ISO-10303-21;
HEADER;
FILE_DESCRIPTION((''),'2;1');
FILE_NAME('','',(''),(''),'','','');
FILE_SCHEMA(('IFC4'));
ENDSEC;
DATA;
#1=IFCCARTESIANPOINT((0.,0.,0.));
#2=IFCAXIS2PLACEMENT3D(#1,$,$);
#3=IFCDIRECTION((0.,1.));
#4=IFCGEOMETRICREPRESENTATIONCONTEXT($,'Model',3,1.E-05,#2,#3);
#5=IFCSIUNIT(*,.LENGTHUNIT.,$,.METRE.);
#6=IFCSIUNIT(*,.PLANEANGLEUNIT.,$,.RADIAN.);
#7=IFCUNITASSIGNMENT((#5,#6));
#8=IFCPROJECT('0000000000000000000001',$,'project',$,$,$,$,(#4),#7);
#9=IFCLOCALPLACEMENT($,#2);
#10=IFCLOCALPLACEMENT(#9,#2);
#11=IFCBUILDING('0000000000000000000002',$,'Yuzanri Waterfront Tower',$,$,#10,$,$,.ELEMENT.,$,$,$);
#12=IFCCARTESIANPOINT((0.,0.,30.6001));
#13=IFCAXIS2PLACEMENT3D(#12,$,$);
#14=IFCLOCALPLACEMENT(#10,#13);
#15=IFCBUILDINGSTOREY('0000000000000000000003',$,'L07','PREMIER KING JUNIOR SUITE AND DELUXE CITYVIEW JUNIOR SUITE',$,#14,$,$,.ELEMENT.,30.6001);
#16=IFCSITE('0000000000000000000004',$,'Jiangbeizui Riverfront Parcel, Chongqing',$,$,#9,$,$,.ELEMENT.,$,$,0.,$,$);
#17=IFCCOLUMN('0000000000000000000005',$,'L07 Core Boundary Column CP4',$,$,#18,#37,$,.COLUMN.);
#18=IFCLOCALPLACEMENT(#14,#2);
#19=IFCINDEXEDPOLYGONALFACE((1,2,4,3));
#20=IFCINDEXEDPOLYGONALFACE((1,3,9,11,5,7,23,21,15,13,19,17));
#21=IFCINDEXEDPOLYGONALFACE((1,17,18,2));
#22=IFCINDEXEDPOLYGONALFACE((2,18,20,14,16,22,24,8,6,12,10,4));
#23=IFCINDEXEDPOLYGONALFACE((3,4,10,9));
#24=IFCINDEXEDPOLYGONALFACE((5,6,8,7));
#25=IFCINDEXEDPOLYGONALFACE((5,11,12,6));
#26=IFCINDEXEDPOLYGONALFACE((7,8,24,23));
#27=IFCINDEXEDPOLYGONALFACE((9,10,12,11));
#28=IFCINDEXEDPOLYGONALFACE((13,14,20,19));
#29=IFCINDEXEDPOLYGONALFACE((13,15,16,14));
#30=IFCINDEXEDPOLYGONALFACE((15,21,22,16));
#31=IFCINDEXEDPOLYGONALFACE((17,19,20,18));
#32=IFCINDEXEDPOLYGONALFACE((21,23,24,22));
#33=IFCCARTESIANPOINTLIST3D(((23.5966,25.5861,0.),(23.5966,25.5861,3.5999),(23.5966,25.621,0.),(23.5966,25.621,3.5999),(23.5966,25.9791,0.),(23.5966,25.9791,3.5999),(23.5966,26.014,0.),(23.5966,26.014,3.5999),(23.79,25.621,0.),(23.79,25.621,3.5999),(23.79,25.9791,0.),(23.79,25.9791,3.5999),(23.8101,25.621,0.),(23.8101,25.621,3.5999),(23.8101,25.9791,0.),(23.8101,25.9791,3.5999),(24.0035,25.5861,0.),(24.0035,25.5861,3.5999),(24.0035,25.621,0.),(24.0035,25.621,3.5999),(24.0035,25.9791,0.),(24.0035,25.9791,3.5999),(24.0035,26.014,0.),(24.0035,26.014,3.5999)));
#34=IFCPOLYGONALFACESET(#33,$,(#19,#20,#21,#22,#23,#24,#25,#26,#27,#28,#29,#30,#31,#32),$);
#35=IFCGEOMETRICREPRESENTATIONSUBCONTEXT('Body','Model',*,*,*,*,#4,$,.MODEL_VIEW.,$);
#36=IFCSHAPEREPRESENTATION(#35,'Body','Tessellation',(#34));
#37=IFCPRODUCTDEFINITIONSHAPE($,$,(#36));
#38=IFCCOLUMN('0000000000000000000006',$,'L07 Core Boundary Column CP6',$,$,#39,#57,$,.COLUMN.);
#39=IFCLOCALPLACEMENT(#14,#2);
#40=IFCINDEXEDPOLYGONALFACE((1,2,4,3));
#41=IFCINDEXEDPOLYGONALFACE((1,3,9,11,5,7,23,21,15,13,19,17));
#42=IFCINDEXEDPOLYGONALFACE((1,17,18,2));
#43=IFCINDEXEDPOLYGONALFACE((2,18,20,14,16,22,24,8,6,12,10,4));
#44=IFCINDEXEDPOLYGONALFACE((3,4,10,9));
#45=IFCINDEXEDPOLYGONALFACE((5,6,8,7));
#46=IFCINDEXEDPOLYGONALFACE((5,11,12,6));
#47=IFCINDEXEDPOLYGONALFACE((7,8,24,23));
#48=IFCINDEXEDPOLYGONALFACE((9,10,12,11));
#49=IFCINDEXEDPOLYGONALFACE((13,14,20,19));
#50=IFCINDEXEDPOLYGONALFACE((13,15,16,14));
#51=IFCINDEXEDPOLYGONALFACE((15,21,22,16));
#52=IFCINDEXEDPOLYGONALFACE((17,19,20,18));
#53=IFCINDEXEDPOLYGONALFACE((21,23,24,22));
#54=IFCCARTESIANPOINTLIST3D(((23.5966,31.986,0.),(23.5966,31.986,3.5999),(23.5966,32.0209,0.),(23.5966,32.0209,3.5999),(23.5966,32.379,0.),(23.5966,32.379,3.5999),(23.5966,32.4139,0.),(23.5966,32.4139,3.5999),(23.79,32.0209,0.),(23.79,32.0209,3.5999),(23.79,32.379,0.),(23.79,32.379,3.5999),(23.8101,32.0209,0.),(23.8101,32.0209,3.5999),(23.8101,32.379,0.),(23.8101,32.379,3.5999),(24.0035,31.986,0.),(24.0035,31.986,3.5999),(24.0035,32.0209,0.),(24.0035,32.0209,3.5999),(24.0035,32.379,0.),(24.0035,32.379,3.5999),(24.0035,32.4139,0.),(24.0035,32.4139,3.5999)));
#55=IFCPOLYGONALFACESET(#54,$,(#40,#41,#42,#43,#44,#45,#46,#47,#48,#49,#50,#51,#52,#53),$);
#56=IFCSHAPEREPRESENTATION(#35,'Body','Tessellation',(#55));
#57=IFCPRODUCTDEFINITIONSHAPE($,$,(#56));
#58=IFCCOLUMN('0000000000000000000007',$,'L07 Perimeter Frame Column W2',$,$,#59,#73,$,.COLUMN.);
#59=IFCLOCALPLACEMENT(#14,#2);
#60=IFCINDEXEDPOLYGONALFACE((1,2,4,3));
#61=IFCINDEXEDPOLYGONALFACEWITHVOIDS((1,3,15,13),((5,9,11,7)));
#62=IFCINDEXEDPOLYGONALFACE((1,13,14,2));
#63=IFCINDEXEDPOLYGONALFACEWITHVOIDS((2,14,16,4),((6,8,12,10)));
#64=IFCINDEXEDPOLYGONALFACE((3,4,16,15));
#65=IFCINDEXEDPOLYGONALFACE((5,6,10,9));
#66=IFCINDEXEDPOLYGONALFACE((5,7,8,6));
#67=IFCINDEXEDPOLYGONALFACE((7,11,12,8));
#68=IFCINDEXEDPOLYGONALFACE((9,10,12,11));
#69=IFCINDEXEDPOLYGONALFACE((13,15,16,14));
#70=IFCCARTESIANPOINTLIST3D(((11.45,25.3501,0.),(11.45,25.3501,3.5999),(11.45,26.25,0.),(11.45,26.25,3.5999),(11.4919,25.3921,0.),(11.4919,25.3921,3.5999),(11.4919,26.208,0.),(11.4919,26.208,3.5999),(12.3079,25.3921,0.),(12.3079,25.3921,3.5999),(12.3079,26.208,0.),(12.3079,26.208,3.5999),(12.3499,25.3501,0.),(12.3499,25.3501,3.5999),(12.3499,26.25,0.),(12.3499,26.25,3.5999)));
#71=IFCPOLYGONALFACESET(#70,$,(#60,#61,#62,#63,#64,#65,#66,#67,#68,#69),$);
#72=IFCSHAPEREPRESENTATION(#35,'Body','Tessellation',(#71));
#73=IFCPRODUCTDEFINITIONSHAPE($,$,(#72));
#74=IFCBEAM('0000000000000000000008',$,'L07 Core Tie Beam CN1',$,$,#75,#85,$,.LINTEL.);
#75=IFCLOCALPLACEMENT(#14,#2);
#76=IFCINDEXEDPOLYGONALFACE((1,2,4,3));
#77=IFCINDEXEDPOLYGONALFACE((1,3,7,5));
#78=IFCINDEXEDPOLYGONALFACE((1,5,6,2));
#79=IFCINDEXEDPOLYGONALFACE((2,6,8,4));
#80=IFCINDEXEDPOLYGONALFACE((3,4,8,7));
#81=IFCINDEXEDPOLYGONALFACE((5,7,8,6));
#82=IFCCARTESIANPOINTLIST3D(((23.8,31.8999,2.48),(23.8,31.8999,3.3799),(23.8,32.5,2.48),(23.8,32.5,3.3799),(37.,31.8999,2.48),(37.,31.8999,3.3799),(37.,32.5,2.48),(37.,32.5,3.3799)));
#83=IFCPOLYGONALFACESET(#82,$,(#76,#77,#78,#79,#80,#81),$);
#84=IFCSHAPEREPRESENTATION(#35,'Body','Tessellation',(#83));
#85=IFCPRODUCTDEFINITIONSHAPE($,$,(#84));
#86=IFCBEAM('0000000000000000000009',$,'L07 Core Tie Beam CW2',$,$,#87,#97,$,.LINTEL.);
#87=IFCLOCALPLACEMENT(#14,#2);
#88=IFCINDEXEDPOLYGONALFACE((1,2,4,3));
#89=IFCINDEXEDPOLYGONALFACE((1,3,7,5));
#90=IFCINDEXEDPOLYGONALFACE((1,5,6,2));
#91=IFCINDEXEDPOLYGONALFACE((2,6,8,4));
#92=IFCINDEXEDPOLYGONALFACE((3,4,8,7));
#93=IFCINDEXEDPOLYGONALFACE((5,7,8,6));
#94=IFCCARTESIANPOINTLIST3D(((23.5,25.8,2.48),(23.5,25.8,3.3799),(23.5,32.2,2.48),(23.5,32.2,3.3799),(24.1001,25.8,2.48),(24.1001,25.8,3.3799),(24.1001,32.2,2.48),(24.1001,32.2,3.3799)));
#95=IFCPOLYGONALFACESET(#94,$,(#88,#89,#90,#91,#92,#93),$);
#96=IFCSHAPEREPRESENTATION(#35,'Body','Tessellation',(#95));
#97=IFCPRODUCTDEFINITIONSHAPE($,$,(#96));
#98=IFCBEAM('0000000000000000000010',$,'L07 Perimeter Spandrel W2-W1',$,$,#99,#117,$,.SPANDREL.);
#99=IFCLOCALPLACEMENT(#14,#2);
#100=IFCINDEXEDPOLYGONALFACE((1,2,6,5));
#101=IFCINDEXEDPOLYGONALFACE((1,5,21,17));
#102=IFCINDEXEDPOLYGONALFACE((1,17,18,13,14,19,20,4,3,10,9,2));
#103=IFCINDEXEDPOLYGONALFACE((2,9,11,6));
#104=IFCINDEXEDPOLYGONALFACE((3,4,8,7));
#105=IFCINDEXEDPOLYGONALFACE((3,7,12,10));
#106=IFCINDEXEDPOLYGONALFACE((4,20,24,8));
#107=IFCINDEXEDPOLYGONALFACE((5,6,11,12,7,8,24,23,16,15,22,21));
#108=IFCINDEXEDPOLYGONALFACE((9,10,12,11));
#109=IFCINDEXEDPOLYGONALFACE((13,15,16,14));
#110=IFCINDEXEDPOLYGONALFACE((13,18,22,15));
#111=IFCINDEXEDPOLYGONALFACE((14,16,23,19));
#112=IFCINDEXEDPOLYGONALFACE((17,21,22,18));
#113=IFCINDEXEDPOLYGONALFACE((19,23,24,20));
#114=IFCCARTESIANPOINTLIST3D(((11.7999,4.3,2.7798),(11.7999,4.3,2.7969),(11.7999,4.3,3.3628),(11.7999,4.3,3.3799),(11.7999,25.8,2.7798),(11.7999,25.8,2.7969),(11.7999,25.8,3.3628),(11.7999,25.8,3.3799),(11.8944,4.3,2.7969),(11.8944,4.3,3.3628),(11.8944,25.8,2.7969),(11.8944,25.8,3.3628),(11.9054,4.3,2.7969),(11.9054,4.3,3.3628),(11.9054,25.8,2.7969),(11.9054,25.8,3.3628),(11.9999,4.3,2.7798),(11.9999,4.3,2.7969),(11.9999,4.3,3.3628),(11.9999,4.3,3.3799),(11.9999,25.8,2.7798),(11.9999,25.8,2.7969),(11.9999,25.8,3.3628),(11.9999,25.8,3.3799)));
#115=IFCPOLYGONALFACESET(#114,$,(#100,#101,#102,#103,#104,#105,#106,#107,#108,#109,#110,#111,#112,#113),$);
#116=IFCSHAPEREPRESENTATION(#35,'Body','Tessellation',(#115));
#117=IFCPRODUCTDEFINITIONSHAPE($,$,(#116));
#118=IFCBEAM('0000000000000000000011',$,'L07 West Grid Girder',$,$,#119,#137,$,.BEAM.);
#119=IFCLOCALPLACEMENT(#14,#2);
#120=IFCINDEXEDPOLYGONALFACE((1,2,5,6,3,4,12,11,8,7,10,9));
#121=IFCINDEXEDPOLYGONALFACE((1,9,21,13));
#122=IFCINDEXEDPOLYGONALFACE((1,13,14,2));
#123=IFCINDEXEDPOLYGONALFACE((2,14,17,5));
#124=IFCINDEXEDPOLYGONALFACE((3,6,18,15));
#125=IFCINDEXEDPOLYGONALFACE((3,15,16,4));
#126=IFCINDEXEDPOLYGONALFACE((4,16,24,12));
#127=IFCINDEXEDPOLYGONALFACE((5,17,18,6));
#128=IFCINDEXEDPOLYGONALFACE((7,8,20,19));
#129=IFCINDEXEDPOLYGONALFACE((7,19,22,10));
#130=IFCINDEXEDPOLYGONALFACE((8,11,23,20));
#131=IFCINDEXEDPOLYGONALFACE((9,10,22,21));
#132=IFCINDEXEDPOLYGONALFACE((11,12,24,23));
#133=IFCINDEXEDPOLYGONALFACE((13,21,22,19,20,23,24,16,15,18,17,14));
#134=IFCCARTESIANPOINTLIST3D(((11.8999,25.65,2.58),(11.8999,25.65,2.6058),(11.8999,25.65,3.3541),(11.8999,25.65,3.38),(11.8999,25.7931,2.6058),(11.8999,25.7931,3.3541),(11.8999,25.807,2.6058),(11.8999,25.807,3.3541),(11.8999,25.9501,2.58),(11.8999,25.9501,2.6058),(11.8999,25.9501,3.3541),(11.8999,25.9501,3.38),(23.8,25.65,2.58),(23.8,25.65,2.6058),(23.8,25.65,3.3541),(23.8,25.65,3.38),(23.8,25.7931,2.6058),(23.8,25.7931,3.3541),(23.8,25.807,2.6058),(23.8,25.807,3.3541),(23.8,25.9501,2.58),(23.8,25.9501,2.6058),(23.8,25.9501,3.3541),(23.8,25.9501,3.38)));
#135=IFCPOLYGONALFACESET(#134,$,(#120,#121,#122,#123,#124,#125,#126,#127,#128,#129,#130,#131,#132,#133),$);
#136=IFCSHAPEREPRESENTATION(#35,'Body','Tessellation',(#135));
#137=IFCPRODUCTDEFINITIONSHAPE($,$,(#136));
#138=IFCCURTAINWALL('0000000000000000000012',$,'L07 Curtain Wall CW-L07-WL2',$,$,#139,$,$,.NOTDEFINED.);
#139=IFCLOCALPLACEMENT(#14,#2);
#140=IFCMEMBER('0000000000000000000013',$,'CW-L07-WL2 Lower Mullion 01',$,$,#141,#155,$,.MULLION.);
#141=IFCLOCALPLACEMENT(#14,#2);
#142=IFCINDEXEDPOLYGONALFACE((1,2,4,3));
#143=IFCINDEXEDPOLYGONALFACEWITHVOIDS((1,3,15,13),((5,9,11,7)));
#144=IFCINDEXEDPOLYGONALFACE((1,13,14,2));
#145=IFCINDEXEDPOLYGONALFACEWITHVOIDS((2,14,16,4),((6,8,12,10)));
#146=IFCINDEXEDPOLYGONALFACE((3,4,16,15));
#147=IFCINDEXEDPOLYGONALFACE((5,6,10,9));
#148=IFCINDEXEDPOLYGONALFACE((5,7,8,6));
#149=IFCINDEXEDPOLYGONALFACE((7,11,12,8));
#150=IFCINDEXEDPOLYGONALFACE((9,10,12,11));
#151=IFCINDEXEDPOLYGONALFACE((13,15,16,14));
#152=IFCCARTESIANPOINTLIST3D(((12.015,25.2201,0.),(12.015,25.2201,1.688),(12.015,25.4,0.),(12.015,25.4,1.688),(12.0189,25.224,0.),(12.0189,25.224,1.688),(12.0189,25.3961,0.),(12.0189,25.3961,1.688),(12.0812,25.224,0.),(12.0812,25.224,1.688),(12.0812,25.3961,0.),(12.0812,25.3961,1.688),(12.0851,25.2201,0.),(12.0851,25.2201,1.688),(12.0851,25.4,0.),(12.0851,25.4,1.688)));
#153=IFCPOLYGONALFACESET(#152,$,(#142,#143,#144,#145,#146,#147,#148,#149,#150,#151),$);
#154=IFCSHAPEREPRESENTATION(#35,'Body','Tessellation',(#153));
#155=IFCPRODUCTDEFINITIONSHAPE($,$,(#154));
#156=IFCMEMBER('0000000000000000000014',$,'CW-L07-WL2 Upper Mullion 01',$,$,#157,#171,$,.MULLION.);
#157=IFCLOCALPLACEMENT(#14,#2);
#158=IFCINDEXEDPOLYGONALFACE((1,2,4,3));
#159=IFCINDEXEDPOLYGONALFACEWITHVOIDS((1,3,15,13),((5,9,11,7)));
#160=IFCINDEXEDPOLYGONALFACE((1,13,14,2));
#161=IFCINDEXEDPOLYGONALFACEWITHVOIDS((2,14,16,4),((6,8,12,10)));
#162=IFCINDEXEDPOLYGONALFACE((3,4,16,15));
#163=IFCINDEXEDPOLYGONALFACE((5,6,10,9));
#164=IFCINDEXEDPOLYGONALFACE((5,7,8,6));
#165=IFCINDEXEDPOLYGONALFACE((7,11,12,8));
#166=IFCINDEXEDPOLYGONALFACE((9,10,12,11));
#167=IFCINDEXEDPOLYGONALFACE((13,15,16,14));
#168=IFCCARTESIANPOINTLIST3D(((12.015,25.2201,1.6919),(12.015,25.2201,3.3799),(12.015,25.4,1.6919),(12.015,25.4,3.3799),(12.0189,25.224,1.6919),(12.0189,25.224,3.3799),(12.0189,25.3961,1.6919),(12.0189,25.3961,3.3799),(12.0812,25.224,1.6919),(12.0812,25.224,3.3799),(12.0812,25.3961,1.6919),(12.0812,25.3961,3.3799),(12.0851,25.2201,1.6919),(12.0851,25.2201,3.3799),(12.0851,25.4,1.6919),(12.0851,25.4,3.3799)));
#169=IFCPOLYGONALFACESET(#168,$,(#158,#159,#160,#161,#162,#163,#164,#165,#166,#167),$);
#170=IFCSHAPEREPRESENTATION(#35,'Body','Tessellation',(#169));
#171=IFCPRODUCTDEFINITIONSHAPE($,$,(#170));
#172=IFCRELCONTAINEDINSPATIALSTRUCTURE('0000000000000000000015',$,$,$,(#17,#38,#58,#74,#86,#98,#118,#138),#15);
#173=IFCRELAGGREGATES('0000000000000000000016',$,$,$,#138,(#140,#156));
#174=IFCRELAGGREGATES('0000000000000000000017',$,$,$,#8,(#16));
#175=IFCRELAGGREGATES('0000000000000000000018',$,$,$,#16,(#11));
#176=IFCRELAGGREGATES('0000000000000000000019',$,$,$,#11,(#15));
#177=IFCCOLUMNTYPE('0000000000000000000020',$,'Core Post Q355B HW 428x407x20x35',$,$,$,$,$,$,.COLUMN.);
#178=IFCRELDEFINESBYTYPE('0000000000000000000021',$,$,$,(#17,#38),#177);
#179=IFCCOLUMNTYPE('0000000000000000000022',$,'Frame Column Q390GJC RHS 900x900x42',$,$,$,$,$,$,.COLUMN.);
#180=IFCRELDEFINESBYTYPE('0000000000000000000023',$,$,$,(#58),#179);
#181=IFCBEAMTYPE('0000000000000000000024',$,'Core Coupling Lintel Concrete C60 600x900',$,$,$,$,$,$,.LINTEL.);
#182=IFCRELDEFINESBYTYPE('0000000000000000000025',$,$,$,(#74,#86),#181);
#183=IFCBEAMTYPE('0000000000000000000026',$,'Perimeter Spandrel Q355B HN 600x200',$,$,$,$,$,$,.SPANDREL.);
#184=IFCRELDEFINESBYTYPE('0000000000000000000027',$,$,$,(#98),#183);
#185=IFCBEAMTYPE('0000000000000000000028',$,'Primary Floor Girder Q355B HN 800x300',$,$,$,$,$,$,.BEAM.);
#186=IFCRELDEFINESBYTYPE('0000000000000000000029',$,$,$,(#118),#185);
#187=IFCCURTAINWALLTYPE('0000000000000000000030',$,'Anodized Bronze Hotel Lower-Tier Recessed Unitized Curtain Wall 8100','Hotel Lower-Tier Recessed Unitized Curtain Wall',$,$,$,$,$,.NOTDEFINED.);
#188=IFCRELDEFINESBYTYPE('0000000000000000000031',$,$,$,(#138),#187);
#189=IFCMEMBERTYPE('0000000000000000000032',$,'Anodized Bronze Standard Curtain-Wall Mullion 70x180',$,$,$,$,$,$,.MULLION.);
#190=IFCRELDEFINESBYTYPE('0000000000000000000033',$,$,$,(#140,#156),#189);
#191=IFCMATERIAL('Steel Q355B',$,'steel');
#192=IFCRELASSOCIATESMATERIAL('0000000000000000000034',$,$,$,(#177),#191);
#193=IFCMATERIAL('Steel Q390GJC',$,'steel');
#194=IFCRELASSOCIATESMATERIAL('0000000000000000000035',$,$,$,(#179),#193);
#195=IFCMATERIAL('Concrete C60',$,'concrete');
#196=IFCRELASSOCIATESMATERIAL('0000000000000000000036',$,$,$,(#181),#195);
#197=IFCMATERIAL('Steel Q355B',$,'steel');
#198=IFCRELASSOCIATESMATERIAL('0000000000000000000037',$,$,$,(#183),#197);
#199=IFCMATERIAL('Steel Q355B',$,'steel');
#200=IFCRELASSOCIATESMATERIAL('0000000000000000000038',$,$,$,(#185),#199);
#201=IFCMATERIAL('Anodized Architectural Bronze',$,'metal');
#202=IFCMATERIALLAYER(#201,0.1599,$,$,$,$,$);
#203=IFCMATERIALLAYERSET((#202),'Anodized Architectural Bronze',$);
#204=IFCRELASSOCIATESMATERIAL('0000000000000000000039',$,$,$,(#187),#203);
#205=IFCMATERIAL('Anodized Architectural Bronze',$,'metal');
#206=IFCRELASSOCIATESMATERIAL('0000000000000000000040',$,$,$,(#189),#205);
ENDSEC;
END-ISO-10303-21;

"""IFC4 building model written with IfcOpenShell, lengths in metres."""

from ifc_helpers import new_model, si_unit, direction, frame, origin, origin_2d, place, context, subcontext, project, spatial, rectangle, hollow_rectangle, i_section, extrude, source, transform, mapped, material, layer, layer_set, material_profile, profile_set, type_object, element, aggregate, save


model = new_model("IFC4")

# Units and contexts
model_context = context("Model", 3, precision=1e-05, world=origin(), true_north=direction((0.0, 1.0)))
body_context = subcontext(model_context, "Body", "Model", "MODEL_VIEW")
ifc_project = project(units=[si_unit("LENGTHUNIT", "METRE"), si_unit("PLANEANGLEUNIT", "RADIAN")], contexts=[model_context])

# Site, building, storey
site_placement = place(None, origin())
site = spatial("IfcSite", under=ifc_project, at=site_placement, Name="Jiangbeizui Riverfront Parcel, Chongqing", CompositionType="ELEMENT", RefElevation=0.0)
building_placement = place(site_placement, origin())
building = spatial("IfcBuilding", under=site, at=building_placement, Name="Yuzanri Waterfront Tower", CompositionType="ELEMENT")
storey_placement = place(building_placement, frame((0.0, 0.0, 30.6001)))
storey = spatial("IfcBuildingStorey", under=building, at=storey_placement, Name="L07", Description="PREMIER KING JUNIOR SUITE AND DELUXE CITYVIEW JUNIOR SUITE", CompositionType="ELEMENT", Elevation=30.6001)

# Columns
ifc_material_1 = material(Name="Steel Q355B", Category="steel")
ifc_material_profile_1 = material_profile(ifc_material_1, i_section(OverallWidth=0.407, OverallDepth=0.428, WebThickness=0.02, FlangeThickness=0.0349, at=origin_2d()), Name="HW 428x407x20x35")
ifc_profile_set_1 = profile_set([ifc_material_profile_1], Name="Steel Q355B")
column_type_1 = type_object("IfcColumnType", Name="Core Post Q355B HW 428x407x20x35", PredefinedType="COLUMN", material=ifc_profile_set_1)
shared_shape_1 = source(origin(), body_context, "Body", "SweptSolid", [
    extrude(i_section(OverallWidth=0.407, OverallDepth=0.428, WebThickness=0.02, FlangeThickness=0.0349, at=origin_2d()), origin(), (0.0, 0.0, 1.0), 3.5999),
])
for number, where, z_axis, x_axis, name in (
    (1, (23.8, 25.8, 0.0), (0.0, 0.0, 1.0), (1.0, 0.0, 0.0), "L07 Core Boundary Column CP4"),
    (2, (23.8, 32.2, 0.0), (0.0, 0.0, 1.0), (1.0, 0.0, 0.0), "L07 Core Boundary Column CP6"),
):
    element("IfcColumn", number, at=place(storey_placement, frame(where, z_axis=z_axis, x_axis=x_axis)), inside=storey, type_object=column_type_1, Name=name, PredefinedType="COLUMN", context=body_context, shape_type="MappedRepresentation", body=[
        mapped(shared_shape_1, transform((0.0, 0.0, 0.0), scale=1.0)),
    ])
ifc_material_2 = material(Name="Steel Q390GJC", Category="steel")
ifc_material_profile_2 = material_profile(ifc_material_2, hollow_rectangle(XDim=0.8999, YDim=0.8999, WallThickness=0.042, at=origin_2d()), Name="RHS 900x900x42")
ifc_profile_set_2 = profile_set([ifc_material_profile_2], Name="Steel Q390GJC")
column_type_2 = type_object("IfcColumnType", Name="Frame Column Q390GJC RHS 900x900x42", PredefinedType="COLUMN", material=ifc_profile_set_2)
shared_shape_2 = source(origin(), body_context, "Body", "SweptSolid", [
    extrude(hollow_rectangle(XDim=0.8999, YDim=0.8999, WallThickness=0.042, at=origin_2d()), origin(), (0.0, 0.0, 1.0), 3.5999),
])
column_placement = place(storey_placement, frame((11.8999, 25.8, 0.0), z_axis=(0.0, 0.0, 1.0), x_axis=(1.0, 0.0, 0.0)))
element("IfcColumn", 3, at=column_placement, inside=storey, type_object=column_type_2, Name="L07 Perimeter Frame Column W2", PredefinedType="COLUMN", context=body_context, shape_type="MappedRepresentation", body=[
    mapped(shared_shape_2, transform((0.0, 0.0, 0.0), scale=1.0)),
])

# Beams
ifc_material_3 = material(Name="Concrete C60", Category="concrete")
ifc_material_profile_3 = material_profile(ifc_material_3, rectangle(XDim=0.6001, YDim=0.8999, at=origin_2d()), Name="RC 600x900")
ifc_profile_set_3 = profile_set([ifc_material_profile_3], Name="Concrete C60")
beam_type_1 = type_object("IfcBeamType", Name="Core Coupling Lintel Concrete C60 600x900", PredefinedType="LINTEL", material=ifc_profile_set_3)
shared_shape_3 = source(origin(), body_context, "Body", "SweptSolid", [
    extrude(rectangle(XDim=0.6001, YDim=0.8999, at=origin_2d()), origin(), (0.0, 0.0, 1.0), 13.2),
])
beam_1_placement = place(storey_placement, frame((23.8, 32.2, 2.9299), z_axis=(1.0, 0.0, 0.0), x_axis=(0.0, 1.0, 0.0)))
element("IfcBeam", 4, at=beam_1_placement, inside=storey, type_object=beam_type_1, Name="L07 Core Tie Beam CN1", PredefinedType="LINTEL", context=body_context, shape_type="MappedRepresentation", body=[
    mapped(shared_shape_3, transform((0.0, 0.0, 0.0), scale=1.0)),
])
shared_shape_4 = source(origin(), body_context, "Body", "SweptSolid", [
    extrude(rectangle(XDim=0.6001, YDim=0.8999, at=origin_2d()), origin(), (0.0, 0.0, 1.0), 6.3999),
])
beam_2_placement = place(storey_placement, frame((23.8, 25.8, 2.9299), z_axis=(0.0, 1.0, 0.0), x_axis=(-1.0, 0.0, 0.0)))
element("IfcBeam", 5, at=beam_2_placement, inside=storey, type_object=beam_type_1, Name="L07 Core Tie Beam CW2", PredefinedType="LINTEL", context=body_context, shape_type="MappedRepresentation", body=[
    mapped(shared_shape_4, transform((0.0, 0.0, 0.0), scale=1.0)),
])
ifc_material_4 = material(Name="Steel Q355B", Category="steel")
ifc_material_profile_4 = material_profile(ifc_material_4, i_section(OverallWidth=0.2, OverallDepth=0.6001, WebThickness=0.011, FlangeThickness=0.0171, at=origin_2d()), Name="HN 600x200x11x17")
ifc_profile_set_4 = profile_set([ifc_material_profile_4], Name="Steel Q355B")
beam_type_2 = type_object("IfcBeamType", Name="Perimeter Spandrel Q355B HN 600x200", PredefinedType="SPANDREL", material=ifc_profile_set_4)
shared_shape_5 = source(origin(), body_context, "Body", "SweptSolid", [
    extrude(i_section(OverallWidth=0.2, OverallDepth=0.6001, WebThickness=0.011, FlangeThickness=0.0171, at=origin_2d()), origin(), (0.0, 0.0, 1.0), 21.5),
])
beam_3_placement = place(storey_placement, frame((11.8999, 25.8, 3.0798), z_axis=(0.0, -1.0, 0.0), x_axis=(1.0, 0.0, 0.0)))
element("IfcBeam", 6, at=beam_3_placement, inside=storey, type_object=beam_type_2, Name="L07 Perimeter Spandrel W2-W1", PredefinedType="SPANDREL", context=body_context, shape_type="MappedRepresentation", body=[
    mapped(shared_shape_5, transform((0.0, 0.0, 0.0), scale=1.0)),
])
ifc_material_5 = material(Name="Steel Q355B", Category="steel")
ifc_material_profile_5 = material_profile(ifc_material_5, i_section(OverallWidth=0.3, OverallDepth=0.8, WebThickness=0.0139, FlangeThickness=0.0259, at=origin_2d()), Name="HN 800x300x14x26")
ifc_profile_set_5 = profile_set([ifc_material_profile_5], Name="Steel Q355B")
beam_type_3 = type_object("IfcBeamType", Name="Primary Floor Girder Q355B HN 800x300", PredefinedType="BEAM", material=ifc_profile_set_5)
shared_shape_6 = source(origin(), body_context, "Body", "SweptSolid", [
    extrude(i_section(OverallWidth=0.3, OverallDepth=0.8, WebThickness=0.0139, FlangeThickness=0.0259, at=origin_2d()), origin(), (0.0, 0.0, 1.0), 11.9001),
])
beam_4_placement = place(storey_placement, frame((23.8, 25.8, 2.98), z_axis=(-1.0, 0.0, 0.0), x_axis=(0.0, -1.0, 0.0)))
element("IfcBeam", 7, at=beam_4_placement, inside=storey, type_object=beam_type_3, Name="L07 West Grid Girder", PredefinedType="BEAM", context=body_context, shape_type="MappedRepresentation", body=[
    mapped(shared_shape_6, transform((0.0, 0.0, 0.0), scale=1.0)),
])

# Curtain wall, members
ifc_material_6 = material(Name="Anodized Architectural Bronze", Category="metal")
ifc_layer_1 = layer(ifc_material_6, 0.1599)
ifc_layer_set_1 = layer_set([ifc_layer_1], Name="Anodized Architectural Bronze")
curtain_wall_type = type_object("IfcCurtainWallType", Name="Anodized Bronze Hotel Lower-Tier Recessed Unitized Curtain Wall 8100", Description="Hotel Lower-Tier Recessed Unitized Curtain Wall", PredefinedType="NOTDEFINED", material=ifc_layer_set_1)
curtain_wall_1_placement = place(storey_placement, origin())
curtain_wall_1 = element("IfcCurtainWall", 8, at=curtain_wall_1_placement, inside=storey, type_object=curtain_wall_type, Name="L07 Curtain Wall CW-L07-WL2", PredefinedType="NOTDEFINED")
ifc_material_7 = material(Name="Anodized Architectural Bronze", Category="metal")
ifc_material_profile_6 = material_profile(ifc_material_7, hollow_rectangle(XDim=0.0701, YDim=0.1799, WallThickness=0.0039, at=origin_2d()), Name="CWM 70x180")
ifc_profile_set_6 = profile_set([ifc_material_profile_6], Name="Anodized Architectural Bronze")
member_type_1 = type_object("IfcMemberType", Name="Anodized Bronze Standard Curtain-Wall Mullion 70x180", PredefinedType="MULLION", material=ifc_profile_set_6)
shared_shape_7 = source(origin(), body_context, "Body", "SweptSolid", [
    extrude(hollow_rectangle(XDim=0.0701, YDim=0.1799, WallThickness=0.0039, at=origin_2d()), origin(), (0.0, 0.0, 1.0), 1.688),
])
member_1_placement = place(storey_placement, frame((12.05, 25.3101, 0.0), z_axis=(0.0, 0.0, 1.0), x_axis=(1.0, 0.0, 0.0)))
member_1 = element("IfcMember", 9, at=member_1_placement, type_object=member_type_1, Name="CW-L07-WL2 Lower Mullion 01", PredefinedType="MULLION", context=body_context, shape_type="MappedRepresentation", body=[
    mapped(shared_shape_7, transform((0.0, 0.0, 0.0), scale=1.0)),
])
member_2_placement = place(storey_placement, frame((12.05, 25.3101, 1.6919), z_axis=(0.0, 0.0, 1.0), x_axis=(1.0, 0.0, 0.0)))
member_2 = element("IfcMember", 10, at=member_2_placement, type_object=member_type_1, Name="CW-L07-WL2 Upper Mullion 01", PredefinedType="MULLION", context=body_context, shape_type="MappedRepresentation", body=[
    mapped(shared_shape_7, transform((0.0, 0.0, 0.0), scale=1.0)),
])

aggregate(curtain_wall_1, [member_1, member_2])

save(model, "model.ifc")
